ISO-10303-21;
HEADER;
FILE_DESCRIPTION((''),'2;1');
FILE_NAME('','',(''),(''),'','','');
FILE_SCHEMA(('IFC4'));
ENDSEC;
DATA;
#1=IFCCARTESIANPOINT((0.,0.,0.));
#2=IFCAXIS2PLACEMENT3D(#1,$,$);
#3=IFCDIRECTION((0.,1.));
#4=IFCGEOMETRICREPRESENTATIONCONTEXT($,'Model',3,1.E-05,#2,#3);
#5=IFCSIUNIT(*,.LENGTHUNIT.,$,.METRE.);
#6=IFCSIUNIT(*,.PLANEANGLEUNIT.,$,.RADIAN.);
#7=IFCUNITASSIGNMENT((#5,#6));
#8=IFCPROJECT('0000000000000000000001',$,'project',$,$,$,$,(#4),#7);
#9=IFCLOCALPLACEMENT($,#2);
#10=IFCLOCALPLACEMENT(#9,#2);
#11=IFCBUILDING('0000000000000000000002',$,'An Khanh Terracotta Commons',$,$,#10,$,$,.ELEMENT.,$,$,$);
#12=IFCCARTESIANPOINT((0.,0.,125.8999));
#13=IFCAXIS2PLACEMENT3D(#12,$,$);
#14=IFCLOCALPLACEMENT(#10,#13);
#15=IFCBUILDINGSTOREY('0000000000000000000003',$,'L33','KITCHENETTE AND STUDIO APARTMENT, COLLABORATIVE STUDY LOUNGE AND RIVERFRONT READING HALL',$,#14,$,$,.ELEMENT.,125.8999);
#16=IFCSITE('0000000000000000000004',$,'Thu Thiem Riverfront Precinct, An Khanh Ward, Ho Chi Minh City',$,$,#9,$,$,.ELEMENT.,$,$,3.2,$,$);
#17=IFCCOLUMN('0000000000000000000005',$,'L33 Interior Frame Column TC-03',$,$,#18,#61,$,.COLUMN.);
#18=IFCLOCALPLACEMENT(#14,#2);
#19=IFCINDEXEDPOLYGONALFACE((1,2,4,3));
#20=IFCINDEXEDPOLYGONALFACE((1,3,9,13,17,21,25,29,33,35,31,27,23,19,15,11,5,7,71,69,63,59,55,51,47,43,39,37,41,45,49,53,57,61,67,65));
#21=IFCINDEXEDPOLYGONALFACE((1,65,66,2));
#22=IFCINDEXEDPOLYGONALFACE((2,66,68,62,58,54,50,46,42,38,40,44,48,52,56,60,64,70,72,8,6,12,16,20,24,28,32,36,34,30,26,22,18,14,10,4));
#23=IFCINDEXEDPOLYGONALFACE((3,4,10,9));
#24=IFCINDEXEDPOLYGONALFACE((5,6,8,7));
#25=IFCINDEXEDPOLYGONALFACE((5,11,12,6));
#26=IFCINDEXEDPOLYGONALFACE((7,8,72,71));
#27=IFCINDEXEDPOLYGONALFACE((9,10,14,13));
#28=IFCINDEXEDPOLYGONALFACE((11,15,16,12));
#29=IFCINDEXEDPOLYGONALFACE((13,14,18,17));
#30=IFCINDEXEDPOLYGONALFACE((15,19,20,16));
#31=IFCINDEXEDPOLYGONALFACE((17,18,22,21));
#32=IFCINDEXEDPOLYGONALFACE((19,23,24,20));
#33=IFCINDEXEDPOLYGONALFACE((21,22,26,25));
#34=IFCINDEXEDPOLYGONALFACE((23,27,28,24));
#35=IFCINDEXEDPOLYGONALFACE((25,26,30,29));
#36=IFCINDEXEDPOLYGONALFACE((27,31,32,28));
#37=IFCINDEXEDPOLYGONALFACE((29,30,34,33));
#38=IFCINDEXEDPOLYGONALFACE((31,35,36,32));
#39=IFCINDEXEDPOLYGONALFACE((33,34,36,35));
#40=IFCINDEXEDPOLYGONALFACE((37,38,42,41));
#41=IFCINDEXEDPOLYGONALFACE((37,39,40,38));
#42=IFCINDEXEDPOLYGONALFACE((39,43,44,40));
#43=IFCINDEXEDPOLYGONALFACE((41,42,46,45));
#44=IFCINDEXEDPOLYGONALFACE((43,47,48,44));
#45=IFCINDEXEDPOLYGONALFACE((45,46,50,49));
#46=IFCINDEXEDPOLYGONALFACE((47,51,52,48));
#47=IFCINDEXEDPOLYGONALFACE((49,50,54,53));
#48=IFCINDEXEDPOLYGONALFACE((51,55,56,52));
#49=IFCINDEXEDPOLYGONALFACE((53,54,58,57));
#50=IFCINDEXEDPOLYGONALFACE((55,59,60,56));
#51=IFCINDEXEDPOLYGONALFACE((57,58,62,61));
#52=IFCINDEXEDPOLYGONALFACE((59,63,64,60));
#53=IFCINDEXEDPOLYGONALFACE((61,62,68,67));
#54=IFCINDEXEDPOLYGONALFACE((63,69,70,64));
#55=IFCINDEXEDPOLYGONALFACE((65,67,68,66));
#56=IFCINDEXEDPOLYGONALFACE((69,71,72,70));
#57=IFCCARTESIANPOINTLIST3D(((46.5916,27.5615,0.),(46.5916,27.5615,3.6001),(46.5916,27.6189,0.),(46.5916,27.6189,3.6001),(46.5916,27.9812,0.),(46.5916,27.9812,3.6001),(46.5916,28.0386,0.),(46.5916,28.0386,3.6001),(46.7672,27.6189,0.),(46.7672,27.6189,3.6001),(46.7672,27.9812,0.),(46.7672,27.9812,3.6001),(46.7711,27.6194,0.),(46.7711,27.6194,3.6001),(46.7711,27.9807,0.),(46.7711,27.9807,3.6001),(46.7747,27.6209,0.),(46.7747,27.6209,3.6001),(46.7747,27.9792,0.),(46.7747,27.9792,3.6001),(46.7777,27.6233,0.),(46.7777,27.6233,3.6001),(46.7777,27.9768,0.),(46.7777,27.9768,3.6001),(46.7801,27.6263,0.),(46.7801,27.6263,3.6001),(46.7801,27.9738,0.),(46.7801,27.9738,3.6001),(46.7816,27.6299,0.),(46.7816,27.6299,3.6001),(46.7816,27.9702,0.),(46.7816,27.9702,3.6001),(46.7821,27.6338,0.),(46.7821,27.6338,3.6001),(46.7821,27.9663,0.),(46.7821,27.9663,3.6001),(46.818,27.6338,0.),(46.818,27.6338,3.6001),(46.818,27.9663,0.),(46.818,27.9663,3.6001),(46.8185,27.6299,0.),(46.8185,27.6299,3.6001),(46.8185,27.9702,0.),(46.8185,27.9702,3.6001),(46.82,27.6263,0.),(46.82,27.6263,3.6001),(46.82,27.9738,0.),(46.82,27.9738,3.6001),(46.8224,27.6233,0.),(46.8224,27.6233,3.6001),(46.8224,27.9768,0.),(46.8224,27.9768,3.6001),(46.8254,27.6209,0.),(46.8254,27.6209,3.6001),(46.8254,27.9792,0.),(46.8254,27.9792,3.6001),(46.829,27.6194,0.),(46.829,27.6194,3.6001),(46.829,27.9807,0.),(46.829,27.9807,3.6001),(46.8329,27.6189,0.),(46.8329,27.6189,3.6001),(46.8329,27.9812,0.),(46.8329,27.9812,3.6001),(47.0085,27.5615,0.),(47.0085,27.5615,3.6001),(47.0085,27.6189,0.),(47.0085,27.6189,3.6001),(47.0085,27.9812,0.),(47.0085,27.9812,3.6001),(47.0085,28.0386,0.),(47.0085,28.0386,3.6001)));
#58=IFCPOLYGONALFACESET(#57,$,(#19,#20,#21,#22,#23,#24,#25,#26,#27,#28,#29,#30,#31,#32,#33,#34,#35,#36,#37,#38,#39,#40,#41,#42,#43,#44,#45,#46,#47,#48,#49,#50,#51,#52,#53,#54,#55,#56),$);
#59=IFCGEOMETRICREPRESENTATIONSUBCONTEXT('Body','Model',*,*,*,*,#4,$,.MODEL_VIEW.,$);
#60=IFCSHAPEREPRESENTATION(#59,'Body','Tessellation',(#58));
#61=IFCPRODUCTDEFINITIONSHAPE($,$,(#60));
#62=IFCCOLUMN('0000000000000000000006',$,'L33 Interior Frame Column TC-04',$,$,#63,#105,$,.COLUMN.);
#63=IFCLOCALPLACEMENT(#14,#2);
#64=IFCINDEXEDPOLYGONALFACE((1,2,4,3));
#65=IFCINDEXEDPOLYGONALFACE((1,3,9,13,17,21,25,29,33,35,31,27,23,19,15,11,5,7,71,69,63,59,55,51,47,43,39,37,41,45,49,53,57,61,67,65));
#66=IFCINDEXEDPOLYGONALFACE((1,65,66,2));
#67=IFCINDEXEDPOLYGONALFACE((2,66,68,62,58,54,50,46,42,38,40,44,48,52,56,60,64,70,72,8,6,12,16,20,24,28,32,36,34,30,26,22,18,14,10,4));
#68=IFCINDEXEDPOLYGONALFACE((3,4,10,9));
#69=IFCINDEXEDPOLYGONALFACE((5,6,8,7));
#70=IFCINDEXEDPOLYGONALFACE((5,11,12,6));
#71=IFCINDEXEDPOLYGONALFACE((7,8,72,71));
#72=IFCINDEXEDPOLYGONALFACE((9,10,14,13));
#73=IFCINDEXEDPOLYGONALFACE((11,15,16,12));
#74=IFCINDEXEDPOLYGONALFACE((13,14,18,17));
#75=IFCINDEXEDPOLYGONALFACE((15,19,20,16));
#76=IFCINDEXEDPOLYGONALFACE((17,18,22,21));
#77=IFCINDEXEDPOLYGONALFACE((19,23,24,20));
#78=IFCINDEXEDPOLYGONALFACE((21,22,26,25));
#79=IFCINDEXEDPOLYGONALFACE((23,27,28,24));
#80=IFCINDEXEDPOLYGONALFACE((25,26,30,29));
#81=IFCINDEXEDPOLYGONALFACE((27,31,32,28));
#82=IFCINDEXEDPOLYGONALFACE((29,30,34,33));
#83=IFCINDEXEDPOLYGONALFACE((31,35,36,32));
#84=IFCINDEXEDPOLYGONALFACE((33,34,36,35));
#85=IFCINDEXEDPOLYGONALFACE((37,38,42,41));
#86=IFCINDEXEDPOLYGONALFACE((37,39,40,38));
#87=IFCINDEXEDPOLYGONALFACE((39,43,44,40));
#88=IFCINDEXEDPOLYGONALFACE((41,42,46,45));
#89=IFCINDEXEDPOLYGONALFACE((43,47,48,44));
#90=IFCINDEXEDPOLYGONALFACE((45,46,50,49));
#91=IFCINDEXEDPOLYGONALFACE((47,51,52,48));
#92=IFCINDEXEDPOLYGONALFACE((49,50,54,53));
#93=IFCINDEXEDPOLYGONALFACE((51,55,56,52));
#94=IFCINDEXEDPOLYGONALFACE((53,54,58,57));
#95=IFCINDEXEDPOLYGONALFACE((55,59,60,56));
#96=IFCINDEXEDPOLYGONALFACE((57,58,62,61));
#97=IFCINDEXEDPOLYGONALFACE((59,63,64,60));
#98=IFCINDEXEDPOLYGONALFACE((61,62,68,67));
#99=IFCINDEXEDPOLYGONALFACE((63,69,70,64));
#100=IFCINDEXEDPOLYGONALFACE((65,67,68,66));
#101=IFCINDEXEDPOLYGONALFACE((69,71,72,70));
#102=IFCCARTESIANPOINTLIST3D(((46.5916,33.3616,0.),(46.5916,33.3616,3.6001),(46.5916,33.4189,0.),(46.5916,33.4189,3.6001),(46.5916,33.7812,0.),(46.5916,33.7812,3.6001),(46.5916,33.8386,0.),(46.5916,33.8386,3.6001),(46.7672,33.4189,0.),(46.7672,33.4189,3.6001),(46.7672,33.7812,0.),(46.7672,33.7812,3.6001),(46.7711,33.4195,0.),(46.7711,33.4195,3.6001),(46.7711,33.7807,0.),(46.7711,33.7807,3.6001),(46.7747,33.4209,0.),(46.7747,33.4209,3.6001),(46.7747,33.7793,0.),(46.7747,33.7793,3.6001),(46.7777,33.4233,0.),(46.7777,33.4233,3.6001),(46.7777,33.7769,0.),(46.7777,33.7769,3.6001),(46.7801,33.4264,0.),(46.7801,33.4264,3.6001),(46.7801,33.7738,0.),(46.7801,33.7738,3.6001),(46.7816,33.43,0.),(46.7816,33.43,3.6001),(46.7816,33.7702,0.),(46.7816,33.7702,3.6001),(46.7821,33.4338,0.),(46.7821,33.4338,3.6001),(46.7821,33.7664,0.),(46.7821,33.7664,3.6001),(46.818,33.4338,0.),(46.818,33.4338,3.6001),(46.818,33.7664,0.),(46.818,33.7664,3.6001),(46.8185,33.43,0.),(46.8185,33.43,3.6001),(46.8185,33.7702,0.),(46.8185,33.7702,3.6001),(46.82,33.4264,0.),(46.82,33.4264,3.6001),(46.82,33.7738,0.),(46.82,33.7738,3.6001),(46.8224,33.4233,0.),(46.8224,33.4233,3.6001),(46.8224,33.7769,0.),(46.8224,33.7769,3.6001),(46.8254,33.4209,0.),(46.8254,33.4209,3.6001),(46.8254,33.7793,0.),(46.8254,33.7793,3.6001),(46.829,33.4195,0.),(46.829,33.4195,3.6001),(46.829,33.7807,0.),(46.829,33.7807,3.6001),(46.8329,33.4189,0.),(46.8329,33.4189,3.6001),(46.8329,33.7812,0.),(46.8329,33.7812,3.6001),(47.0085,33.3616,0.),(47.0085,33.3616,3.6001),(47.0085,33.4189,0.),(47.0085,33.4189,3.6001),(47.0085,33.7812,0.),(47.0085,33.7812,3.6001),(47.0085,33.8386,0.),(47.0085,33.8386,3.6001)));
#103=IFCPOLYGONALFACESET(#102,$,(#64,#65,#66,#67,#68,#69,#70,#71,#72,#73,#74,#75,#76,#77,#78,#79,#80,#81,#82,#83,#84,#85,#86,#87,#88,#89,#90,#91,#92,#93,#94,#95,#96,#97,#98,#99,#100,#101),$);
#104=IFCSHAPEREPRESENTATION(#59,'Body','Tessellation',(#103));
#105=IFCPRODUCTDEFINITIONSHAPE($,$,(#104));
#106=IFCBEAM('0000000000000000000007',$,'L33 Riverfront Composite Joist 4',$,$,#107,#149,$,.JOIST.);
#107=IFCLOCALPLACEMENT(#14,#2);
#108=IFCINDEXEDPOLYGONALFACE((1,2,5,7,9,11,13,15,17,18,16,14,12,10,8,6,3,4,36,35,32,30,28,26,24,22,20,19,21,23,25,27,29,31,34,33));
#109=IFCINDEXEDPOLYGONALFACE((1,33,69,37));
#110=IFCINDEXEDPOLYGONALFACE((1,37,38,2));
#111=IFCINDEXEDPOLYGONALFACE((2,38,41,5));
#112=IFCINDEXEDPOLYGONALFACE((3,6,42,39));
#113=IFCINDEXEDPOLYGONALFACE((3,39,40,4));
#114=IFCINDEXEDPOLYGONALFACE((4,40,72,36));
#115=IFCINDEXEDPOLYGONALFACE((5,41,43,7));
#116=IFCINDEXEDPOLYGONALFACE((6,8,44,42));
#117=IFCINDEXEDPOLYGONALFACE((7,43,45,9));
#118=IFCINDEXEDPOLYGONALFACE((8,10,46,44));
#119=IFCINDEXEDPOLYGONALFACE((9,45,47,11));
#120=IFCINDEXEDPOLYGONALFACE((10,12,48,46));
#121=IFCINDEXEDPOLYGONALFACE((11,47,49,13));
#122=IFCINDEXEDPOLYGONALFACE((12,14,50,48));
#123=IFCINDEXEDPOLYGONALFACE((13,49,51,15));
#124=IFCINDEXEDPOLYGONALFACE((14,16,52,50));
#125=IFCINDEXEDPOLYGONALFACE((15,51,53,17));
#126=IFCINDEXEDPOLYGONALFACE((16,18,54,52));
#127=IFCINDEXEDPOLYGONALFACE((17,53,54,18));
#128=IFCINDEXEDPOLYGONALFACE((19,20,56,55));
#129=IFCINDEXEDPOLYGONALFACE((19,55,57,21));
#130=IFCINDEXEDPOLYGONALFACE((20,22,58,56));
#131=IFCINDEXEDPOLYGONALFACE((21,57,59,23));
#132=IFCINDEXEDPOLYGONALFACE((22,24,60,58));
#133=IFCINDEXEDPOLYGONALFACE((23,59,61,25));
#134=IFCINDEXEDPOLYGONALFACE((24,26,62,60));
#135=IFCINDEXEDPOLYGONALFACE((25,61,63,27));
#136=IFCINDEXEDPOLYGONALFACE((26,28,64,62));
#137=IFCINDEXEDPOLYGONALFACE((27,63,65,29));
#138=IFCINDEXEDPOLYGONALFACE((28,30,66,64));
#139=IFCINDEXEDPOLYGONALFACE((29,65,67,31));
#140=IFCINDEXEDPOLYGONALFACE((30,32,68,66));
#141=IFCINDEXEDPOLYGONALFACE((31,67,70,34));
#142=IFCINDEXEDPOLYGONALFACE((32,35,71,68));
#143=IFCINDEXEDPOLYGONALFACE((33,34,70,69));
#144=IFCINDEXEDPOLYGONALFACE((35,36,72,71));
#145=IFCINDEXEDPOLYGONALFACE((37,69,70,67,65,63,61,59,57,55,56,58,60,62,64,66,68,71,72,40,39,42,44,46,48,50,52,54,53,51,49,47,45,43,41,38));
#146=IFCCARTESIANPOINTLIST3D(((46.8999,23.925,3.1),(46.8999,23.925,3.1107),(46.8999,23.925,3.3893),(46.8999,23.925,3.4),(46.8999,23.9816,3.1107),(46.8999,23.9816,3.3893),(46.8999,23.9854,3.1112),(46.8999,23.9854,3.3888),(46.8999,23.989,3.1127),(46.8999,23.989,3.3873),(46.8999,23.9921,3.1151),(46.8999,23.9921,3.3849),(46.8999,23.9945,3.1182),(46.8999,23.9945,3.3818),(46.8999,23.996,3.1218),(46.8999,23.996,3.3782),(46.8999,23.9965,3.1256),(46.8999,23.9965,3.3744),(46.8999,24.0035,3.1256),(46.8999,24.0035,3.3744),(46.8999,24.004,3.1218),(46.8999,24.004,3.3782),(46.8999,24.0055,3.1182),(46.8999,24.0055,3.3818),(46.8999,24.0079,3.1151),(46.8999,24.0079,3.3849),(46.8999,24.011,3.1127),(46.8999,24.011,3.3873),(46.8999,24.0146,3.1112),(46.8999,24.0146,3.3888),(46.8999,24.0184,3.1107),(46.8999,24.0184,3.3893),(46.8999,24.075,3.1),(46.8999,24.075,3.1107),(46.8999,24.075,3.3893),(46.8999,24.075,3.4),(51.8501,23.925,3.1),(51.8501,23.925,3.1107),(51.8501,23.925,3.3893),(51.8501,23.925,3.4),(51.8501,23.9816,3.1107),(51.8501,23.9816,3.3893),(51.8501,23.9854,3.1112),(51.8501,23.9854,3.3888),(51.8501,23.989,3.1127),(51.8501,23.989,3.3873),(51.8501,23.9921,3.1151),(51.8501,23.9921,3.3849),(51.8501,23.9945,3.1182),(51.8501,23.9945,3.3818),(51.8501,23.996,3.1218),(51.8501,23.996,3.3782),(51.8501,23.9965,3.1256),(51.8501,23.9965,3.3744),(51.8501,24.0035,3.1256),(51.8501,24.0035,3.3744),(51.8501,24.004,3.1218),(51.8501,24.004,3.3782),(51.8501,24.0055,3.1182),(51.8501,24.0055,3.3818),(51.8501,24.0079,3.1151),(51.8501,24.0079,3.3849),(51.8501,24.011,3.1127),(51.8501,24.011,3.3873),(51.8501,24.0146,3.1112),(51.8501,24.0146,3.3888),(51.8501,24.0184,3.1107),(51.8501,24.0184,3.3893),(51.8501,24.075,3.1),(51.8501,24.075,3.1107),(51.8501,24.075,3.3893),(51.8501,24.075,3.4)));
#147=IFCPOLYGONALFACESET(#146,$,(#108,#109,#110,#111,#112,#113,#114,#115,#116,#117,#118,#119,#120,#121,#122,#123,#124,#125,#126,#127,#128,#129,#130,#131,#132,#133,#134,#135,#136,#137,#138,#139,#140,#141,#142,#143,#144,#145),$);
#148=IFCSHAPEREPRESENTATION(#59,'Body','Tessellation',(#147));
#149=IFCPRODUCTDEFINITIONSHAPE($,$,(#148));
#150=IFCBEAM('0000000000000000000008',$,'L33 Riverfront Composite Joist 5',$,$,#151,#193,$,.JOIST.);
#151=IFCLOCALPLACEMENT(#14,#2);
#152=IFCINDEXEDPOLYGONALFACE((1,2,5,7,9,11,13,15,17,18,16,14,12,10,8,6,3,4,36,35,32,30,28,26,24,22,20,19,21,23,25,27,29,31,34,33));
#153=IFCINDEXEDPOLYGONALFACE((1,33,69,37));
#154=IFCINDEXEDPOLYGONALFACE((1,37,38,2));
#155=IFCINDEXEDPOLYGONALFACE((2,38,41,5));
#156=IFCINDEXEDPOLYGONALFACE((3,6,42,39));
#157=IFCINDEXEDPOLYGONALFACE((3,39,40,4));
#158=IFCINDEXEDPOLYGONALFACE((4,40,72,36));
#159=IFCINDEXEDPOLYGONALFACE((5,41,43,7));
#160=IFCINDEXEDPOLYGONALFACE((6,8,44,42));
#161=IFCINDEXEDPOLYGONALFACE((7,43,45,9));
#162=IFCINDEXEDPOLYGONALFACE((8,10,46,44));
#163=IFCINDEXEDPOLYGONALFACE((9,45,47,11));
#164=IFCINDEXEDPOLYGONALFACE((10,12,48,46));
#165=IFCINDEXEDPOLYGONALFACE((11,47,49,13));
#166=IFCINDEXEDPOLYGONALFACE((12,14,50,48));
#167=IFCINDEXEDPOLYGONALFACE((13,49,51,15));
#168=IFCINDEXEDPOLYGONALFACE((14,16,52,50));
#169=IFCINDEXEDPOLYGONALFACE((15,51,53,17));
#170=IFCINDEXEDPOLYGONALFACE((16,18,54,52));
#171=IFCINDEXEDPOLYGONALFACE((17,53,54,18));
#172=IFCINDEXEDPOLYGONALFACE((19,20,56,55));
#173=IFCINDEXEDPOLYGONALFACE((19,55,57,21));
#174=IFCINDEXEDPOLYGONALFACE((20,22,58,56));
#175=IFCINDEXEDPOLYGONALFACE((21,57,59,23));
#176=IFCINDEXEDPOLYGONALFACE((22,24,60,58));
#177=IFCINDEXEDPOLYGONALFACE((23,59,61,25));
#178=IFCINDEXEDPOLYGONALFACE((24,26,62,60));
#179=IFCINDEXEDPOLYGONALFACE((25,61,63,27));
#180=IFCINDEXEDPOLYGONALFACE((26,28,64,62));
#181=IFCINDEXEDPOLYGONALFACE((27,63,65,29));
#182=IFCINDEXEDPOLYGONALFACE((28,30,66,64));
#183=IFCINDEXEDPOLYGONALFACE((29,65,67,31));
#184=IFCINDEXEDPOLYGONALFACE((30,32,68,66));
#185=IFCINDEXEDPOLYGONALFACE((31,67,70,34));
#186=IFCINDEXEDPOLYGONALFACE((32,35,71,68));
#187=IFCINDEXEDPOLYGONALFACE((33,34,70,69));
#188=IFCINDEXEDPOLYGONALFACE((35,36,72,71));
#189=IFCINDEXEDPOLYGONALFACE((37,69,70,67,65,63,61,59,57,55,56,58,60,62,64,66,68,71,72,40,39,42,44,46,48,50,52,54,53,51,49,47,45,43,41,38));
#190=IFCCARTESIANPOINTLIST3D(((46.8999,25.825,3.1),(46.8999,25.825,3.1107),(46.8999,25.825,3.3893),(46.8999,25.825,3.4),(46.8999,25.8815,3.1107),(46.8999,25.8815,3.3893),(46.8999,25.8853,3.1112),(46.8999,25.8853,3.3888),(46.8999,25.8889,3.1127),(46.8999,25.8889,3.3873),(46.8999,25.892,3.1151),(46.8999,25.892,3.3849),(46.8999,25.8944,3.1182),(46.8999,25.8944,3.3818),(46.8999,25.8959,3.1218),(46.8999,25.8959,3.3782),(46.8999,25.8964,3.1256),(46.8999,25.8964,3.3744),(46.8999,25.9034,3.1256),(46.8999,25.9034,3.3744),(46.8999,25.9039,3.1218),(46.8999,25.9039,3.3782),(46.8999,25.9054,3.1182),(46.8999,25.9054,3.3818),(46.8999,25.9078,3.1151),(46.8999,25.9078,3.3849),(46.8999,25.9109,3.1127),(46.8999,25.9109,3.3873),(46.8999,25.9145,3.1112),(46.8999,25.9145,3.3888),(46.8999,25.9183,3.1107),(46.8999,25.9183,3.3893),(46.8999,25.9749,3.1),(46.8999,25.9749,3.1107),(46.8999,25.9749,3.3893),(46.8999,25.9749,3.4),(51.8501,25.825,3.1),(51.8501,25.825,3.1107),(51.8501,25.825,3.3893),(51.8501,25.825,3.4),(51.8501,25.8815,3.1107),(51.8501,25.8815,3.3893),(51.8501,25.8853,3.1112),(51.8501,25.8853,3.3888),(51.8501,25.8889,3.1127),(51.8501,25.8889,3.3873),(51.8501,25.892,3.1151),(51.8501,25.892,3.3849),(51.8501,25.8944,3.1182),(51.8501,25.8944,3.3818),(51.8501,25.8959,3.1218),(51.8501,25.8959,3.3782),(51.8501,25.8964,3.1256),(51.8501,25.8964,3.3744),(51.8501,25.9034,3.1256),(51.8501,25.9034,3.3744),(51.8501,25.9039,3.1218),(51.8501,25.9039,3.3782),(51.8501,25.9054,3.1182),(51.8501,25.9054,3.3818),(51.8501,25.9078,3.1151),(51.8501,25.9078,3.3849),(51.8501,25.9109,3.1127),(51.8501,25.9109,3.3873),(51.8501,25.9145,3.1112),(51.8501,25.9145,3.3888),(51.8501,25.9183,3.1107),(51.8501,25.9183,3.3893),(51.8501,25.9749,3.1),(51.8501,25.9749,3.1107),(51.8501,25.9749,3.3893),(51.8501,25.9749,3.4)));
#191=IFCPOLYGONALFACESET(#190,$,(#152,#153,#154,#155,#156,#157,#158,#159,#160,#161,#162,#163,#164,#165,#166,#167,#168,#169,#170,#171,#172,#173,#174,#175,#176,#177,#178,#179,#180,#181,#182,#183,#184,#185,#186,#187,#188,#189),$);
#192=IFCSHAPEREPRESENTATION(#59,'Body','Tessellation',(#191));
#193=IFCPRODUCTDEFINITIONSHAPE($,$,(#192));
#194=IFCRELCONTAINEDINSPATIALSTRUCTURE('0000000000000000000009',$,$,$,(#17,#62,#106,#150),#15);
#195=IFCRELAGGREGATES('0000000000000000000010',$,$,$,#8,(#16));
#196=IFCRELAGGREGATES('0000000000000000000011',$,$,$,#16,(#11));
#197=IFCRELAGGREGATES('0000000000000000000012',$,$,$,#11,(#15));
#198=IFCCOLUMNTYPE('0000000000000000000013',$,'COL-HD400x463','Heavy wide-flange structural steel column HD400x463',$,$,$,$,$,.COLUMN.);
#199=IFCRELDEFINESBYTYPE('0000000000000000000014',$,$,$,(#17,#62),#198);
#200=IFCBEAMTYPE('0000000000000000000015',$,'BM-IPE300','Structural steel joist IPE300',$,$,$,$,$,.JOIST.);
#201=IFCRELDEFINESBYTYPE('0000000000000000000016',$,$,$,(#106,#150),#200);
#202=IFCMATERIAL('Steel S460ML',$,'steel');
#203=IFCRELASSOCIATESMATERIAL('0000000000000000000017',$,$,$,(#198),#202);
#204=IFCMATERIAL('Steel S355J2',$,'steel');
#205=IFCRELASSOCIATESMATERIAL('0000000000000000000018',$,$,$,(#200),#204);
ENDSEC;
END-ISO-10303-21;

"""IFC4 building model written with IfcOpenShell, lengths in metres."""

from ifc_helpers import new_model, si_unit, direction, frame, origin, origin_2d, place, context, subcontext, project, spatial, i_section, extrude, material, material_profile, profile_set, type_object, element, save


model = new_model("IFC4")

# Units and contexts
model_context = context("Model", 3, precision=1e-05, world=origin(), true_north=direction((0.0, 1.0)))
body_context = subcontext(model_context, "Body", "Model", "MODEL_VIEW")
ifc_project = project(units=[si_unit("LENGTHUNIT", "METRE"), si_unit("PLANEANGLEUNIT", "RADIAN")], contexts=[model_context])

# Site, building, storey
site_placement = place(None, origin())
site = spatial("IfcSite", under=ifc_project, at=site_placement, Name="Thu Thiem Riverfront Precinct, An Khanh Ward, Ho Chi Minh City", CompositionType="ELEMENT", RefElevation=3.2)
building_placement = place(site_placement, origin())
building = spatial("IfcBuilding", under=site, at=building_placement, Name="An Khanh Terracotta Commons", CompositionType="ELEMENT")
storey_placement = place(building_placement, frame((0.0, 0.0, 125.8999)))
storey = spatial("IfcBuildingStorey", under=building, at=storey_placement, Name="L33", Description="KITCHENETTE AND STUDIO APARTMENT, COLLABORATIVE STUDY LOUNGE AND RIVERFRONT READING HALL", CompositionType="ELEMENT", Elevation=125.8999)

# Columns
ifc_material_1 = material(Name="Steel S460ML", Category="steel")
ifc_material_profile_1 = material_profile(ifc_material_1, i_section(OverallWidth=0.417, OverallDepth=0.4771, WebThickness=0.0359, FlangeThickness=0.0574, FilletRadius=0.0149, at=origin_2d()), Name="HD400x463")
ifc_profile_set_1 = profile_set([ifc_material_profile_1], Name="Steel S460ML")
column_type = type_object("IfcColumnType", Name="COL-HD400x463", Description="Heavy wide-flange structural steel column HD400x463", PredefinedType="COLUMN", material=ifc_profile_set_1)
for number, where, z_axis, x_axis, name in (
    (1, (46.8, 27.8, 0.0), (0.0, 0.0, 1.0), (1.0, 0.0, 0.0), "L33 Interior Frame Column TC-03"),
    (2, (46.8, 33.6001, 0.0), (0.0, 0.0, 1.0), (1.0, 0.0, 0.0), "L33 Interior Frame Column TC-04"),
):
    element("IfcColumn", number, at=place(storey_placement, frame(where, z_axis=z_axis, x_axis=x_axis)), inside=storey, type_object=column_type, Name=name, PredefinedType="COLUMN", context=body_context, shape_type="SweptSolid", body=[
        extrude(i_section(OverallWidth=0.417, OverallDepth=0.4771, WebThickness=0.0359, FlangeThickness=0.0574, FilletRadius=0.0149, at=origin_2d()), origin(), (0.0, 0.0, 1.0), 3.6001),
    ])

# Beams
ifc_material_2 = material(Name="Steel S355J2", Category="steel")
ifc_material_profile_2 = material_profile(ifc_material_2, i_section(OverallWidth=0.1499, OverallDepth=0.3, WebThickness=0.0071, FlangeThickness=0.0107, FilletRadius=0.0149, at=origin_2d()), Name="IPE300")
ifc_profile_set_2 = profile_set([ifc_material_profile_2], Name="Steel S355J2")
beam_type_1 = type_object("IfcBeamType", Name="BM-IPE300", Description="Structural steel joist IPE300", PredefinedType="JOIST", material=ifc_profile_set_2)
for number, where, z_axis, x_axis, name in (
    (3, (46.8999, 24.0, 3.25), (1.0, 0.0, 0.0), (0.0, 1.0, 0.0), "L33 Riverfront Composite Joist 4"),
    (4, (46.8999, 25.8999, 3.25), (1.0, 0.0, 0.0), (0.0, 1.0, 0.0), "L33 Riverfront Composite Joist 5"),
):
    element("IfcBeam", number, at=place(storey_placement, frame(where, z_axis=z_axis, x_axis=x_axis)), inside=storey, type_object=beam_type_1, Name=name, PredefinedType="JOIST", context=body_context, shape_type="SweptSolid", body=[
        extrude(i_section(OverallWidth=0.1499, OverallDepth=0.3, WebThickness=0.0071, FlangeThickness=0.0107, FilletRadius=0.0149, at=origin_2d()), origin(), (0.0, 0.0, 1.0), 4.9502),
    ])

save(model, "model.ifc")
